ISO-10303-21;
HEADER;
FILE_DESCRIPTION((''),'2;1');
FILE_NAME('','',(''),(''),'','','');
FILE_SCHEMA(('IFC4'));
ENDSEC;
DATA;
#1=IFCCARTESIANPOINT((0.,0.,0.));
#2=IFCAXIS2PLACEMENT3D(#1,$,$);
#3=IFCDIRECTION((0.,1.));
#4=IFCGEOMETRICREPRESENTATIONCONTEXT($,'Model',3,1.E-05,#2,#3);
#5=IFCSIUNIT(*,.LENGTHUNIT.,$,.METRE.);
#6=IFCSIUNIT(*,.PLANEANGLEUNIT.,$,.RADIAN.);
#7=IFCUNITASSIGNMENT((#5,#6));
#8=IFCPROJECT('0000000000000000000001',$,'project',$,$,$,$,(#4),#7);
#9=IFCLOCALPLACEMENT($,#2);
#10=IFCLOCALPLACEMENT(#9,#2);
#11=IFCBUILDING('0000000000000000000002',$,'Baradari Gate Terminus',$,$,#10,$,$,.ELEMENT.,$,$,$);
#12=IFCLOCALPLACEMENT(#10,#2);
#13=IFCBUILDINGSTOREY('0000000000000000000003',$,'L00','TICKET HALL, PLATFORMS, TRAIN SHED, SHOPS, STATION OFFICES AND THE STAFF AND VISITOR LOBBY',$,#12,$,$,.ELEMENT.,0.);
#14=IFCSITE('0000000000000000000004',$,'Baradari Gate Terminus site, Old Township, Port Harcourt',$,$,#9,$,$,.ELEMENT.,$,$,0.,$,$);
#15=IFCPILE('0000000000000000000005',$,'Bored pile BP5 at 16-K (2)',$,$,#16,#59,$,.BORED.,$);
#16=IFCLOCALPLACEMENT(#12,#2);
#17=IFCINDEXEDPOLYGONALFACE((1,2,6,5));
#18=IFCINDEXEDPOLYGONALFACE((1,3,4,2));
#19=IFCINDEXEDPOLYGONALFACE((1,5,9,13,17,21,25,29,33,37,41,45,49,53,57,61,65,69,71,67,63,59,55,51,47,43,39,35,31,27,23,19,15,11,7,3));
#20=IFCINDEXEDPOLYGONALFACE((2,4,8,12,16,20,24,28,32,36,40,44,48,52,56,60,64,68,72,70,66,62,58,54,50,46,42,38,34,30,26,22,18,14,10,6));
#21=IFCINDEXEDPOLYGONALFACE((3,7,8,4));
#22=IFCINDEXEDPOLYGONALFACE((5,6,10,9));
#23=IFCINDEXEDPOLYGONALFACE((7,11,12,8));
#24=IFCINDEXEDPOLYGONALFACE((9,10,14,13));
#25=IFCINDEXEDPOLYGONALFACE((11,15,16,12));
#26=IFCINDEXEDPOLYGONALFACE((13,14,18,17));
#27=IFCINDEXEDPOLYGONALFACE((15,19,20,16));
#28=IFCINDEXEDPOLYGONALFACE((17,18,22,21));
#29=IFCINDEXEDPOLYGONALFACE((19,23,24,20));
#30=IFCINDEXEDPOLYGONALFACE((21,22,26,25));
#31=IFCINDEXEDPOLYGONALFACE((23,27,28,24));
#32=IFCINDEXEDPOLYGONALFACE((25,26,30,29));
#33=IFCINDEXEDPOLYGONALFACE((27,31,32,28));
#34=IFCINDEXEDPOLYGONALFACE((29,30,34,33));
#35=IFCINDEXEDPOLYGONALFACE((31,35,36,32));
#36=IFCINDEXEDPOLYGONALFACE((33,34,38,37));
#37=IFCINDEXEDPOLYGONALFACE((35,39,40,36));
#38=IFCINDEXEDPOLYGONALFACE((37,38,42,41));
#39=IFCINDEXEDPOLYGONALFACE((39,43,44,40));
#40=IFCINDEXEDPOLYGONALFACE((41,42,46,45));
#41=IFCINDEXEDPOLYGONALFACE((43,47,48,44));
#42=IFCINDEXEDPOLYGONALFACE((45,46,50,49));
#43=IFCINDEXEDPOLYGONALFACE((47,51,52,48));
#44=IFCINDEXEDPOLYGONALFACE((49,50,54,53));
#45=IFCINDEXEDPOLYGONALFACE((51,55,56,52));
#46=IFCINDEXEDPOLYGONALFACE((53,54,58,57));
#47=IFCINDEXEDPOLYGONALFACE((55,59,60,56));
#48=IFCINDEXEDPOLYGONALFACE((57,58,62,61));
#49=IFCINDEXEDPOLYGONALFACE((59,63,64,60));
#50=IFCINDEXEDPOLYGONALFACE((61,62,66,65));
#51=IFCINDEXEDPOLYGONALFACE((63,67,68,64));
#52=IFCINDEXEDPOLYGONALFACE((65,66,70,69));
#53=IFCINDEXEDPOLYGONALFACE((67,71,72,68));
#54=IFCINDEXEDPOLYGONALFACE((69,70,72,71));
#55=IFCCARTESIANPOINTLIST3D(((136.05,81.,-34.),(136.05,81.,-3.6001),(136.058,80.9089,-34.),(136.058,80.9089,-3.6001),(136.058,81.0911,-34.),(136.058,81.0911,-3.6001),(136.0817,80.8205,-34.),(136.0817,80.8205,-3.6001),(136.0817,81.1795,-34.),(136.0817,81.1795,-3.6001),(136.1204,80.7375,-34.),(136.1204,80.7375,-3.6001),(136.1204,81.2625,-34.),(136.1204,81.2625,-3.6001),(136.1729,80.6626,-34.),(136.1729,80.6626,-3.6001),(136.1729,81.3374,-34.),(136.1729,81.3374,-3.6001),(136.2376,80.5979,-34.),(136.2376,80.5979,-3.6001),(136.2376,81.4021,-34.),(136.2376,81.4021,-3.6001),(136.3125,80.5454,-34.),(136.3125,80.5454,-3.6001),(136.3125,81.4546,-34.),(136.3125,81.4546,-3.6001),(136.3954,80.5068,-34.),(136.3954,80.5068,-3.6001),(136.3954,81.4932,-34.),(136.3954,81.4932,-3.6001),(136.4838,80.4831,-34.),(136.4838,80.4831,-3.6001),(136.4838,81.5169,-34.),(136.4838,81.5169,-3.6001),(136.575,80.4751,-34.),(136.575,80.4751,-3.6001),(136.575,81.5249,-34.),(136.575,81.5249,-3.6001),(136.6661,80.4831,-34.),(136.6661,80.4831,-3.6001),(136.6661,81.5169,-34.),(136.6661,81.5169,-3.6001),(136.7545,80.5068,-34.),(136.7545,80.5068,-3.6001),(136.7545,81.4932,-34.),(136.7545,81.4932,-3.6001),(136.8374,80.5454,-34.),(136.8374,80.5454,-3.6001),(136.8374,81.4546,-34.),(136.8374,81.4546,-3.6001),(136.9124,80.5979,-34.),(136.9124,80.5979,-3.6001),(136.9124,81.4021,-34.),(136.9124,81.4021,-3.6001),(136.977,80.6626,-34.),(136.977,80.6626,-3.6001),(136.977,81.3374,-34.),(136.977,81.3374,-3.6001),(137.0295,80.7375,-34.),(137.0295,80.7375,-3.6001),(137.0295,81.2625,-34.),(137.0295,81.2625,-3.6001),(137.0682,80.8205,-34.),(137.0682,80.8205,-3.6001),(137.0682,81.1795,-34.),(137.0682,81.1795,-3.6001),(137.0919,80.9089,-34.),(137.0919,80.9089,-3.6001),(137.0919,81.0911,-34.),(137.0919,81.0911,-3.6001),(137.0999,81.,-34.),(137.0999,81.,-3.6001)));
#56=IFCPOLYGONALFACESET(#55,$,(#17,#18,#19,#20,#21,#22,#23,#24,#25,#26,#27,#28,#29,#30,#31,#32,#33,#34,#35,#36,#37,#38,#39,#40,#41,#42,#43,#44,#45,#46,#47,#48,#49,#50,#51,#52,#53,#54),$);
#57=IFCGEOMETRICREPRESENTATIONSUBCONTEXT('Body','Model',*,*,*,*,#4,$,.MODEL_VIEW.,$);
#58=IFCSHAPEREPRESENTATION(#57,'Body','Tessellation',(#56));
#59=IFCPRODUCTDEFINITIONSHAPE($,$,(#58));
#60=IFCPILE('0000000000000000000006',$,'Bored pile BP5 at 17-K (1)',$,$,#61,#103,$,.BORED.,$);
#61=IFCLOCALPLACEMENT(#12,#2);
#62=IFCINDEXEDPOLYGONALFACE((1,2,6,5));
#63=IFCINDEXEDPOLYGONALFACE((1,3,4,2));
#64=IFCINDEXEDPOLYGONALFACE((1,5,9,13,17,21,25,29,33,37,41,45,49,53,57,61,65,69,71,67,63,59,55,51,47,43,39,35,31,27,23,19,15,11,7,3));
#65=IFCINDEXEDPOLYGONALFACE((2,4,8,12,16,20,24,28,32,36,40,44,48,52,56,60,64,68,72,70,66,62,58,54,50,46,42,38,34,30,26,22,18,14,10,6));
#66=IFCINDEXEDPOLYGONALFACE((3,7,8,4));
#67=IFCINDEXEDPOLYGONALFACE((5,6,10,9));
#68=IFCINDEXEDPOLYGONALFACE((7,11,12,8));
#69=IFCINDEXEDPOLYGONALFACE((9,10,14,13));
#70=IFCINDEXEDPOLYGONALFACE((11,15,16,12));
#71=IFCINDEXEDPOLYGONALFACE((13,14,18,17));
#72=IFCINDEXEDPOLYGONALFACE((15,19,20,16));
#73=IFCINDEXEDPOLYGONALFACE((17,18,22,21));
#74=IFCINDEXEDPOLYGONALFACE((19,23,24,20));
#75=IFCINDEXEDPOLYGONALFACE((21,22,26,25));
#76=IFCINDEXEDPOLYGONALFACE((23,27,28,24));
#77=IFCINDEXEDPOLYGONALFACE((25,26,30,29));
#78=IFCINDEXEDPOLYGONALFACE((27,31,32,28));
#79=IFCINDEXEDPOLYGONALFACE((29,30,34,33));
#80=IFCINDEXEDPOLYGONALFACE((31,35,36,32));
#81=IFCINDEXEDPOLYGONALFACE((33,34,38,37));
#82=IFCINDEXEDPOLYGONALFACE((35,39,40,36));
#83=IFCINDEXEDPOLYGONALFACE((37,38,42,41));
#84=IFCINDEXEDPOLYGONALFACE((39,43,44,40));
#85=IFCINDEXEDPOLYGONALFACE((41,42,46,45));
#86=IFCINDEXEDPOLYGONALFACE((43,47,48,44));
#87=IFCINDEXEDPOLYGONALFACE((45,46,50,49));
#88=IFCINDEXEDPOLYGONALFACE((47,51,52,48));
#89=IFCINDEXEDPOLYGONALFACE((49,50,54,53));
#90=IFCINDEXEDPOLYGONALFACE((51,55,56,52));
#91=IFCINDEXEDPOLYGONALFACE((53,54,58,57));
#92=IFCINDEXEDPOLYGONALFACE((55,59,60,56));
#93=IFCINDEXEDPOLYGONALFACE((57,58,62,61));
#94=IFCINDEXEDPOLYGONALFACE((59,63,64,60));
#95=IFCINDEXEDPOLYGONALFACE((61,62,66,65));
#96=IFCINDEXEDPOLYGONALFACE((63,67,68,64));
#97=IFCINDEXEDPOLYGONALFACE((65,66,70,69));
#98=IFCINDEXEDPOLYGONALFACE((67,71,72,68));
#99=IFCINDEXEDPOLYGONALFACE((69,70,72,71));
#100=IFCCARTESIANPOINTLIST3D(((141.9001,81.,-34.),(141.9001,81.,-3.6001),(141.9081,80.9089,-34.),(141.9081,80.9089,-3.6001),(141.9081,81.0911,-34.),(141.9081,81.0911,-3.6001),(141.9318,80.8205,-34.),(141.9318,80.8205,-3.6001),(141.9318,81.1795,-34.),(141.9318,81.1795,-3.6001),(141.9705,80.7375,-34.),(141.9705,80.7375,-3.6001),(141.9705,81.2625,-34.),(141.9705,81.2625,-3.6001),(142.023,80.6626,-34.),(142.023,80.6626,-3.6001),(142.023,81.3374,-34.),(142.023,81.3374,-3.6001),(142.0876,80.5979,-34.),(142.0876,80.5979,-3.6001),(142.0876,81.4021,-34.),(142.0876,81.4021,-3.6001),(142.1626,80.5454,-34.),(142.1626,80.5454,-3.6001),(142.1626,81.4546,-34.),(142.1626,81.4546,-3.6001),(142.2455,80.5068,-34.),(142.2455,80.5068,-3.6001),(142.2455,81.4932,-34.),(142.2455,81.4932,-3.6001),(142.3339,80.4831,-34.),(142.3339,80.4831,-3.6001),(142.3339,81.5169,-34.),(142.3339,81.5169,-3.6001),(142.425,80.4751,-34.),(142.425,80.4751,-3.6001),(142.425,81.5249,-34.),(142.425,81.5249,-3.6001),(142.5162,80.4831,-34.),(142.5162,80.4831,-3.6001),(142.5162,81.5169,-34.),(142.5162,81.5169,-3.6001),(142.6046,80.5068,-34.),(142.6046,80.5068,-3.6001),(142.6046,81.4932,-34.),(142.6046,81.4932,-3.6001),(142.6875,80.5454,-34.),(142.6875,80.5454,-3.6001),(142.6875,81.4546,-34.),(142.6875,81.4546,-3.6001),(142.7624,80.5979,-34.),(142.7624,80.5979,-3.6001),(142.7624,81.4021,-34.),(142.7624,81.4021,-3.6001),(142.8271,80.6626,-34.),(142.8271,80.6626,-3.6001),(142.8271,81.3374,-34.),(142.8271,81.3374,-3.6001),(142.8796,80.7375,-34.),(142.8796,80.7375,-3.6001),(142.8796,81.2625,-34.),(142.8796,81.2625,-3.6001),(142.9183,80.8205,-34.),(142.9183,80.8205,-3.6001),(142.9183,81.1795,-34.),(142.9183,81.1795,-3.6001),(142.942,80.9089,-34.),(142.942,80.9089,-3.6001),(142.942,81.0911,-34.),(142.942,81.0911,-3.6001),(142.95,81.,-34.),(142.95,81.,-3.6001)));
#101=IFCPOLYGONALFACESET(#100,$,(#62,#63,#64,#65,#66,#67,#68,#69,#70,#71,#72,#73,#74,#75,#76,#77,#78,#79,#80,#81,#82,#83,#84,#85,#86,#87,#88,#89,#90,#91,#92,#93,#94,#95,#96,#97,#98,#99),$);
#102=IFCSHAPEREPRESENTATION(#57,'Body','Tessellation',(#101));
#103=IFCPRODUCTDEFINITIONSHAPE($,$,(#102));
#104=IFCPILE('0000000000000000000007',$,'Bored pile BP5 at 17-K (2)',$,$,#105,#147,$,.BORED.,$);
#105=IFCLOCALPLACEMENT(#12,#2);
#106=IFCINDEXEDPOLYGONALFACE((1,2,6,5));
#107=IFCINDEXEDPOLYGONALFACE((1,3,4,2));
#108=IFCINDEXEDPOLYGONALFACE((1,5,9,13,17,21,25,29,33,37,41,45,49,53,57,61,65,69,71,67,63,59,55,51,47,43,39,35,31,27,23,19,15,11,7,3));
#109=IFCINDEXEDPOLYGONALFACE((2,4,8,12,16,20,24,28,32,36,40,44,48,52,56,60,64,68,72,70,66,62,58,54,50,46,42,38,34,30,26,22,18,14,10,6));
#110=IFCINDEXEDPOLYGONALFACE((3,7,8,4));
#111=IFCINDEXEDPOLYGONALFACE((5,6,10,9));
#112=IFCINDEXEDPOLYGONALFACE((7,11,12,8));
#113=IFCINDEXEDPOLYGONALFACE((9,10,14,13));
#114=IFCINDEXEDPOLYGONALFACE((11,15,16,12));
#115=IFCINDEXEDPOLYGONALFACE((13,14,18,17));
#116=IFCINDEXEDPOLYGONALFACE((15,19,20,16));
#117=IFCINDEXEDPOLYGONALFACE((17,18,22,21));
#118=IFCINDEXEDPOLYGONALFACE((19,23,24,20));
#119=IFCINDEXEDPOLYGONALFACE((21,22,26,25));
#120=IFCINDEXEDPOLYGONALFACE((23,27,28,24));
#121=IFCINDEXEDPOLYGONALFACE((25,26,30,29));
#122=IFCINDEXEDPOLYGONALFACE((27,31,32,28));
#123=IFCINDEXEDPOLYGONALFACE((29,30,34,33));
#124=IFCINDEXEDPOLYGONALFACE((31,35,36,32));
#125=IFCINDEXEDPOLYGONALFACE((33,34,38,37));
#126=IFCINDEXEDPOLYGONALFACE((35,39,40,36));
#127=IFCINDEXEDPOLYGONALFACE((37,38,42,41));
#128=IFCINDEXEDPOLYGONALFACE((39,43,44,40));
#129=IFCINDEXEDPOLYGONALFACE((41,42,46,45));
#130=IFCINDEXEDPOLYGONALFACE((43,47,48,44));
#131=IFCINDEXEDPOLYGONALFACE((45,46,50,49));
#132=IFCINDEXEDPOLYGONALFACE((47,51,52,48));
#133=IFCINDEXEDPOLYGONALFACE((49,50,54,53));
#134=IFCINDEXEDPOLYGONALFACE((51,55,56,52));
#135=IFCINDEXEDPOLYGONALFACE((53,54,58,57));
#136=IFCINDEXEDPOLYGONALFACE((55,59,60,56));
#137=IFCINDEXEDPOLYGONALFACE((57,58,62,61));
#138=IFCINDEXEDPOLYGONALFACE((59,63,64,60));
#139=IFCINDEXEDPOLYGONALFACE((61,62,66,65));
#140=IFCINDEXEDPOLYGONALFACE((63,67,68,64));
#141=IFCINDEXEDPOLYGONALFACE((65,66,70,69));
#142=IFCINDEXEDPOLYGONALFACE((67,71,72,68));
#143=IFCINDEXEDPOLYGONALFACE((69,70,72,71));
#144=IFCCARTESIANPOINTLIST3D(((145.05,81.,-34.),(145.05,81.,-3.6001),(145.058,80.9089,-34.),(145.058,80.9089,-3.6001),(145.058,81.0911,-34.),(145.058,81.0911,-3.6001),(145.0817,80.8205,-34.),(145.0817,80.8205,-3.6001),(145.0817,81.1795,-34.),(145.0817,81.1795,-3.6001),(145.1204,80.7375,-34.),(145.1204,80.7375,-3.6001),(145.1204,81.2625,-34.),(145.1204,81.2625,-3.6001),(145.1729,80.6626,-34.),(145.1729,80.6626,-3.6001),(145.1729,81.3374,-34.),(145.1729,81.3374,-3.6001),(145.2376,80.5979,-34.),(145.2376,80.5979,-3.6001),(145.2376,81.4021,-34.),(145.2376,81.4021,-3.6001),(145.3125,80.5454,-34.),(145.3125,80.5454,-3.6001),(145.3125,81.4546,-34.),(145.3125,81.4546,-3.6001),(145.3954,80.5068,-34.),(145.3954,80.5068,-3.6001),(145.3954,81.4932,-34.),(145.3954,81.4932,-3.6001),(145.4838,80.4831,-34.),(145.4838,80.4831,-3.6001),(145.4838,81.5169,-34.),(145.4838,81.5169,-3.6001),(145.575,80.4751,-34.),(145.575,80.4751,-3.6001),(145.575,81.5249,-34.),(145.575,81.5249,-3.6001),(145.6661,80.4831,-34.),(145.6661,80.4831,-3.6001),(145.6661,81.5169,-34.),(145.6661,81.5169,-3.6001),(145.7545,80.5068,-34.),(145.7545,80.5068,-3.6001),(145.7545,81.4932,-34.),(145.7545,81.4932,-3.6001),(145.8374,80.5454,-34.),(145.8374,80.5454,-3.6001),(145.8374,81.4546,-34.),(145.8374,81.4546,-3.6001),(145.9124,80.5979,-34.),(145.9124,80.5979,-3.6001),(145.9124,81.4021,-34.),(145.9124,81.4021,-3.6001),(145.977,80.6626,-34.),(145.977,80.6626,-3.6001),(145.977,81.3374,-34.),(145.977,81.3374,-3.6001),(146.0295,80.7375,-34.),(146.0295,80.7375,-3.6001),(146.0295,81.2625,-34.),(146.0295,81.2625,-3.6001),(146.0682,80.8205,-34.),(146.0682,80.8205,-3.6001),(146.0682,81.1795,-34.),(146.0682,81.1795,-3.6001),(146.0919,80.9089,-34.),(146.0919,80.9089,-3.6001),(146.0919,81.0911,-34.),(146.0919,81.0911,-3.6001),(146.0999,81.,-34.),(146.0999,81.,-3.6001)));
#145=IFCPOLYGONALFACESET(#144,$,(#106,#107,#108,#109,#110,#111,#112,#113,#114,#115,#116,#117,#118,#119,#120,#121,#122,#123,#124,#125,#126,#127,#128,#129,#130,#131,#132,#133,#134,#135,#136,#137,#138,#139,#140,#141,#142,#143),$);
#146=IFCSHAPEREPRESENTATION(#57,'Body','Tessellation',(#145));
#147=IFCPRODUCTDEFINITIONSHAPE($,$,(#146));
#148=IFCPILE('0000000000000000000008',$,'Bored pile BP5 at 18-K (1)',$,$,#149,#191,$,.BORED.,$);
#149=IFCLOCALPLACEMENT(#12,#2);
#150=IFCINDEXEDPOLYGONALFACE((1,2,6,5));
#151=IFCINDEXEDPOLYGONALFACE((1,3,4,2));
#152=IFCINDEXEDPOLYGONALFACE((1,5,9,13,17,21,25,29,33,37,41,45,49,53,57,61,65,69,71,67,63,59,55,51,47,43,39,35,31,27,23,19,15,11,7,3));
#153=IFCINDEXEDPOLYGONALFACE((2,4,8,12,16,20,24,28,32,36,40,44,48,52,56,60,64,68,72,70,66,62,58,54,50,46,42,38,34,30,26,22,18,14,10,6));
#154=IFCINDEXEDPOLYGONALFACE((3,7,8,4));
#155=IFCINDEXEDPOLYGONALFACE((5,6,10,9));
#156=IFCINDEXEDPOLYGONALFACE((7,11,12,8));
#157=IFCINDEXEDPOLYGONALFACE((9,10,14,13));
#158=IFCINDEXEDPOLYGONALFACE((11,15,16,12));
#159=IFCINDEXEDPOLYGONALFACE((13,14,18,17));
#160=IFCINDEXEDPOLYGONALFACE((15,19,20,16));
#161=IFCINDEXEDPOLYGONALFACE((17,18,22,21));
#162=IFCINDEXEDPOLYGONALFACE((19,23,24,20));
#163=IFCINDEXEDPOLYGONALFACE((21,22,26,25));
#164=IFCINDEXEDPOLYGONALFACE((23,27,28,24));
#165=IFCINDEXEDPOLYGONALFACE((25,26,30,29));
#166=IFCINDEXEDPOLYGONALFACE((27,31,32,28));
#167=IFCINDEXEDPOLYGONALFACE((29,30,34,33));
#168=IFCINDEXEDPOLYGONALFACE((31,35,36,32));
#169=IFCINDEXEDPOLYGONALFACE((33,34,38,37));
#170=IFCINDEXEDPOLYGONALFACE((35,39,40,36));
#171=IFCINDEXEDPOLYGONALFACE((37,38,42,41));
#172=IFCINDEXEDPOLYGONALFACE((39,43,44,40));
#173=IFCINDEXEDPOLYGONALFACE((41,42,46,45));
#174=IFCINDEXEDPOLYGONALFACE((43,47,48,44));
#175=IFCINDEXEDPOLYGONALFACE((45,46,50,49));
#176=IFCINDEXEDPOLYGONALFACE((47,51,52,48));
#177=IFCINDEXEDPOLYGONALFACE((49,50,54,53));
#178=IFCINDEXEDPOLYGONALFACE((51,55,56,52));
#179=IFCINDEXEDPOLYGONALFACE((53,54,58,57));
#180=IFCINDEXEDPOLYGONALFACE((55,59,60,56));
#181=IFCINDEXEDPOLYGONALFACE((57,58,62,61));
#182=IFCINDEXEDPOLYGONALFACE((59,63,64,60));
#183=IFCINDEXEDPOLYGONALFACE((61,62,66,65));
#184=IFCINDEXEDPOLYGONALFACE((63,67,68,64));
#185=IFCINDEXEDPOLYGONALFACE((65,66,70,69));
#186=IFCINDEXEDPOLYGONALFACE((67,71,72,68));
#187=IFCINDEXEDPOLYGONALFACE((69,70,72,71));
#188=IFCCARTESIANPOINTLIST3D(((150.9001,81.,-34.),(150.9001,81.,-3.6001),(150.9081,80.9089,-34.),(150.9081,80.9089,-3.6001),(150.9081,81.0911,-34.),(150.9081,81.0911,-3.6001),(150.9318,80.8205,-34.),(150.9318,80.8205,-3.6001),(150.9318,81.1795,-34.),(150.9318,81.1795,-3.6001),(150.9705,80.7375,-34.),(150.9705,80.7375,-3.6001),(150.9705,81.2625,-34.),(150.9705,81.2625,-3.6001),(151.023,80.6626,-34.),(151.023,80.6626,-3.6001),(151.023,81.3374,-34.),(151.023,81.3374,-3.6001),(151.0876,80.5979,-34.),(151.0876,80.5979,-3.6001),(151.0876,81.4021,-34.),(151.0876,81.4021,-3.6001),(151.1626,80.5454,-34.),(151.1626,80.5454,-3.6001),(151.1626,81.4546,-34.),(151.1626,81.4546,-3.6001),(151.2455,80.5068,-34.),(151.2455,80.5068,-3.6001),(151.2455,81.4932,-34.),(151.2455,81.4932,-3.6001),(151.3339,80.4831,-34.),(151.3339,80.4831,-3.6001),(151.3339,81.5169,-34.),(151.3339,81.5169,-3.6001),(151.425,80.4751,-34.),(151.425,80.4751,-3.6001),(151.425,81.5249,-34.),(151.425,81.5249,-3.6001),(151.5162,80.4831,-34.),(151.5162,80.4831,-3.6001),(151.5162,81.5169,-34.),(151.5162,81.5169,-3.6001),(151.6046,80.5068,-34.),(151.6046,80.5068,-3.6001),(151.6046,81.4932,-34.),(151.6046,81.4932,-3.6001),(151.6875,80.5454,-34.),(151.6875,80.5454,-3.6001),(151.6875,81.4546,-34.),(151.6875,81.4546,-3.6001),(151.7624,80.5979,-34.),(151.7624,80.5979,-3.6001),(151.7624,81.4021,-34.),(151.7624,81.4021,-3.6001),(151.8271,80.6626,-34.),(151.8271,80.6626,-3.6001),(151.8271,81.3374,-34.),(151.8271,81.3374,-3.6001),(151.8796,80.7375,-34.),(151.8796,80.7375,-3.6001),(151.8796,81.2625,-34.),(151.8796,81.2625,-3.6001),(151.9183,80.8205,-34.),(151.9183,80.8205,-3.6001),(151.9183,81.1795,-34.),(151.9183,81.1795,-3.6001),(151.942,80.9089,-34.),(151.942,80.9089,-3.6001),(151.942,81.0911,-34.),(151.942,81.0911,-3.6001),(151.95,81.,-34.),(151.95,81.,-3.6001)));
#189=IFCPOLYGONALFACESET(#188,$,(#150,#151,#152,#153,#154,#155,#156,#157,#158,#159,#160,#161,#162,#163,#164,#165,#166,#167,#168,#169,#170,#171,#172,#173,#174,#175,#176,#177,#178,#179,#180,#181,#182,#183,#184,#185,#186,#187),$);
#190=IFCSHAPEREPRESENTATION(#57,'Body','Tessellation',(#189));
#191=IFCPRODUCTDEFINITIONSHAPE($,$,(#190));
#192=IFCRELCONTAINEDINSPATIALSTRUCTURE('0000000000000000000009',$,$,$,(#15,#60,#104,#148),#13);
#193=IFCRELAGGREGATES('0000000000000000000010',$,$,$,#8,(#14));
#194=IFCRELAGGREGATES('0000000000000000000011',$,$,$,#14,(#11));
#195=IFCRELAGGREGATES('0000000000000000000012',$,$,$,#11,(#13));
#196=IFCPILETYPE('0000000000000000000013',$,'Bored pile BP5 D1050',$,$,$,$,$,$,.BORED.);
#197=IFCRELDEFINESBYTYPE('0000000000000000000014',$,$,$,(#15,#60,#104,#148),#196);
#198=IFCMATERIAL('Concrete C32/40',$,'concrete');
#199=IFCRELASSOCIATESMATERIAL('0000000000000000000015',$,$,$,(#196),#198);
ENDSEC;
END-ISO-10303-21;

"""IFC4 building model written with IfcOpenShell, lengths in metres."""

from ifc_helpers import new_model, si_unit, direction, frame, origin, origin_2d, place, context, subcontext, project, spatial, circle, extrude, material, type_object, element, save


model = new_model("IFC4")

# Units and contexts
model_context = context("Model", 3, precision=1e-05, world=origin(), true_north=direction((0.0, 1.0)))
body_context = subcontext(model_context, "Body", "Model", "MODEL_VIEW")
ifc_project = project(units=[si_unit("LENGTHUNIT", "METRE"), si_unit("PLANEANGLEUNIT", "RADIAN")], contexts=[model_context])

# Site, building, storey
site_placement = place(None, origin())
site = spatial("IfcSite", under=ifc_project, at=site_placement, Name="Baradari Gate Terminus site, Old Township, Port Harcourt", CompositionType="ELEMENT", RefElevation=0.0)
building_placement = place(site_placement, origin())
building = spatial("IfcBuilding", under=site, at=building_placement, Name="Baradari Gate Terminus", CompositionType="ELEMENT")
storey_placement = place(building_placement, origin())
storey = spatial("IfcBuildingStorey", under=building, at=storey_placement, Name="L00", Description="TICKET HALL, PLATFORMS, TRAIN SHED, SHOPS, STATION OFFICES AND THE STAFF AND VISITOR LOBBY", CompositionType="ELEMENT", Elevation=0.0)

# Piles
ifc_material_1 = material(Name="Concrete C32/40", Category="concrete")
pile_type = type_object("IfcPileType", Name="Bored pile BP5 D1050", PredefinedType="BORED", material=ifc_material_1)
for number, where, z_axis, x_axis, name in (
    (1, (136.575, 81.0, -3.6001), (0.0, 0.0, -1.0), (1.0, 0.0, 0.0), "Bored pile BP5 at 16-K (2)"),
    (2, (142.425, 81.0, -3.6001), (0.0, 0.0, -1.0), (1.0, 0.0, 0.0), "Bored pile BP5 at 17-K (1)"),
    (3, (145.575, 81.0, -3.6001), (0.0, 0.0, -1.0), (1.0, 0.0, 0.0), "Bored pile BP5 at 17-K (2)"),
    (4, (151.425, 81.0, -3.6001), (0.0, 0.0, -1.0), (1.0, 0.0, 0.0), "Bored pile BP5 at 18-K (1)"),
):
    element("IfcPile", number, at=place(storey_placement, frame(where, z_axis=z_axis, x_axis=x_axis)), inside=storey, type_object=pile_type, Name=name, PredefinedType="BORED", context=body_context, shape_type="SweptSolid", body=[
        extrude(circle(Radius=0.5249, at=origin_2d()), origin(), (0.0, 0.0, 1.0), 30.3999),
    ])

save(model, "model.ifc")
